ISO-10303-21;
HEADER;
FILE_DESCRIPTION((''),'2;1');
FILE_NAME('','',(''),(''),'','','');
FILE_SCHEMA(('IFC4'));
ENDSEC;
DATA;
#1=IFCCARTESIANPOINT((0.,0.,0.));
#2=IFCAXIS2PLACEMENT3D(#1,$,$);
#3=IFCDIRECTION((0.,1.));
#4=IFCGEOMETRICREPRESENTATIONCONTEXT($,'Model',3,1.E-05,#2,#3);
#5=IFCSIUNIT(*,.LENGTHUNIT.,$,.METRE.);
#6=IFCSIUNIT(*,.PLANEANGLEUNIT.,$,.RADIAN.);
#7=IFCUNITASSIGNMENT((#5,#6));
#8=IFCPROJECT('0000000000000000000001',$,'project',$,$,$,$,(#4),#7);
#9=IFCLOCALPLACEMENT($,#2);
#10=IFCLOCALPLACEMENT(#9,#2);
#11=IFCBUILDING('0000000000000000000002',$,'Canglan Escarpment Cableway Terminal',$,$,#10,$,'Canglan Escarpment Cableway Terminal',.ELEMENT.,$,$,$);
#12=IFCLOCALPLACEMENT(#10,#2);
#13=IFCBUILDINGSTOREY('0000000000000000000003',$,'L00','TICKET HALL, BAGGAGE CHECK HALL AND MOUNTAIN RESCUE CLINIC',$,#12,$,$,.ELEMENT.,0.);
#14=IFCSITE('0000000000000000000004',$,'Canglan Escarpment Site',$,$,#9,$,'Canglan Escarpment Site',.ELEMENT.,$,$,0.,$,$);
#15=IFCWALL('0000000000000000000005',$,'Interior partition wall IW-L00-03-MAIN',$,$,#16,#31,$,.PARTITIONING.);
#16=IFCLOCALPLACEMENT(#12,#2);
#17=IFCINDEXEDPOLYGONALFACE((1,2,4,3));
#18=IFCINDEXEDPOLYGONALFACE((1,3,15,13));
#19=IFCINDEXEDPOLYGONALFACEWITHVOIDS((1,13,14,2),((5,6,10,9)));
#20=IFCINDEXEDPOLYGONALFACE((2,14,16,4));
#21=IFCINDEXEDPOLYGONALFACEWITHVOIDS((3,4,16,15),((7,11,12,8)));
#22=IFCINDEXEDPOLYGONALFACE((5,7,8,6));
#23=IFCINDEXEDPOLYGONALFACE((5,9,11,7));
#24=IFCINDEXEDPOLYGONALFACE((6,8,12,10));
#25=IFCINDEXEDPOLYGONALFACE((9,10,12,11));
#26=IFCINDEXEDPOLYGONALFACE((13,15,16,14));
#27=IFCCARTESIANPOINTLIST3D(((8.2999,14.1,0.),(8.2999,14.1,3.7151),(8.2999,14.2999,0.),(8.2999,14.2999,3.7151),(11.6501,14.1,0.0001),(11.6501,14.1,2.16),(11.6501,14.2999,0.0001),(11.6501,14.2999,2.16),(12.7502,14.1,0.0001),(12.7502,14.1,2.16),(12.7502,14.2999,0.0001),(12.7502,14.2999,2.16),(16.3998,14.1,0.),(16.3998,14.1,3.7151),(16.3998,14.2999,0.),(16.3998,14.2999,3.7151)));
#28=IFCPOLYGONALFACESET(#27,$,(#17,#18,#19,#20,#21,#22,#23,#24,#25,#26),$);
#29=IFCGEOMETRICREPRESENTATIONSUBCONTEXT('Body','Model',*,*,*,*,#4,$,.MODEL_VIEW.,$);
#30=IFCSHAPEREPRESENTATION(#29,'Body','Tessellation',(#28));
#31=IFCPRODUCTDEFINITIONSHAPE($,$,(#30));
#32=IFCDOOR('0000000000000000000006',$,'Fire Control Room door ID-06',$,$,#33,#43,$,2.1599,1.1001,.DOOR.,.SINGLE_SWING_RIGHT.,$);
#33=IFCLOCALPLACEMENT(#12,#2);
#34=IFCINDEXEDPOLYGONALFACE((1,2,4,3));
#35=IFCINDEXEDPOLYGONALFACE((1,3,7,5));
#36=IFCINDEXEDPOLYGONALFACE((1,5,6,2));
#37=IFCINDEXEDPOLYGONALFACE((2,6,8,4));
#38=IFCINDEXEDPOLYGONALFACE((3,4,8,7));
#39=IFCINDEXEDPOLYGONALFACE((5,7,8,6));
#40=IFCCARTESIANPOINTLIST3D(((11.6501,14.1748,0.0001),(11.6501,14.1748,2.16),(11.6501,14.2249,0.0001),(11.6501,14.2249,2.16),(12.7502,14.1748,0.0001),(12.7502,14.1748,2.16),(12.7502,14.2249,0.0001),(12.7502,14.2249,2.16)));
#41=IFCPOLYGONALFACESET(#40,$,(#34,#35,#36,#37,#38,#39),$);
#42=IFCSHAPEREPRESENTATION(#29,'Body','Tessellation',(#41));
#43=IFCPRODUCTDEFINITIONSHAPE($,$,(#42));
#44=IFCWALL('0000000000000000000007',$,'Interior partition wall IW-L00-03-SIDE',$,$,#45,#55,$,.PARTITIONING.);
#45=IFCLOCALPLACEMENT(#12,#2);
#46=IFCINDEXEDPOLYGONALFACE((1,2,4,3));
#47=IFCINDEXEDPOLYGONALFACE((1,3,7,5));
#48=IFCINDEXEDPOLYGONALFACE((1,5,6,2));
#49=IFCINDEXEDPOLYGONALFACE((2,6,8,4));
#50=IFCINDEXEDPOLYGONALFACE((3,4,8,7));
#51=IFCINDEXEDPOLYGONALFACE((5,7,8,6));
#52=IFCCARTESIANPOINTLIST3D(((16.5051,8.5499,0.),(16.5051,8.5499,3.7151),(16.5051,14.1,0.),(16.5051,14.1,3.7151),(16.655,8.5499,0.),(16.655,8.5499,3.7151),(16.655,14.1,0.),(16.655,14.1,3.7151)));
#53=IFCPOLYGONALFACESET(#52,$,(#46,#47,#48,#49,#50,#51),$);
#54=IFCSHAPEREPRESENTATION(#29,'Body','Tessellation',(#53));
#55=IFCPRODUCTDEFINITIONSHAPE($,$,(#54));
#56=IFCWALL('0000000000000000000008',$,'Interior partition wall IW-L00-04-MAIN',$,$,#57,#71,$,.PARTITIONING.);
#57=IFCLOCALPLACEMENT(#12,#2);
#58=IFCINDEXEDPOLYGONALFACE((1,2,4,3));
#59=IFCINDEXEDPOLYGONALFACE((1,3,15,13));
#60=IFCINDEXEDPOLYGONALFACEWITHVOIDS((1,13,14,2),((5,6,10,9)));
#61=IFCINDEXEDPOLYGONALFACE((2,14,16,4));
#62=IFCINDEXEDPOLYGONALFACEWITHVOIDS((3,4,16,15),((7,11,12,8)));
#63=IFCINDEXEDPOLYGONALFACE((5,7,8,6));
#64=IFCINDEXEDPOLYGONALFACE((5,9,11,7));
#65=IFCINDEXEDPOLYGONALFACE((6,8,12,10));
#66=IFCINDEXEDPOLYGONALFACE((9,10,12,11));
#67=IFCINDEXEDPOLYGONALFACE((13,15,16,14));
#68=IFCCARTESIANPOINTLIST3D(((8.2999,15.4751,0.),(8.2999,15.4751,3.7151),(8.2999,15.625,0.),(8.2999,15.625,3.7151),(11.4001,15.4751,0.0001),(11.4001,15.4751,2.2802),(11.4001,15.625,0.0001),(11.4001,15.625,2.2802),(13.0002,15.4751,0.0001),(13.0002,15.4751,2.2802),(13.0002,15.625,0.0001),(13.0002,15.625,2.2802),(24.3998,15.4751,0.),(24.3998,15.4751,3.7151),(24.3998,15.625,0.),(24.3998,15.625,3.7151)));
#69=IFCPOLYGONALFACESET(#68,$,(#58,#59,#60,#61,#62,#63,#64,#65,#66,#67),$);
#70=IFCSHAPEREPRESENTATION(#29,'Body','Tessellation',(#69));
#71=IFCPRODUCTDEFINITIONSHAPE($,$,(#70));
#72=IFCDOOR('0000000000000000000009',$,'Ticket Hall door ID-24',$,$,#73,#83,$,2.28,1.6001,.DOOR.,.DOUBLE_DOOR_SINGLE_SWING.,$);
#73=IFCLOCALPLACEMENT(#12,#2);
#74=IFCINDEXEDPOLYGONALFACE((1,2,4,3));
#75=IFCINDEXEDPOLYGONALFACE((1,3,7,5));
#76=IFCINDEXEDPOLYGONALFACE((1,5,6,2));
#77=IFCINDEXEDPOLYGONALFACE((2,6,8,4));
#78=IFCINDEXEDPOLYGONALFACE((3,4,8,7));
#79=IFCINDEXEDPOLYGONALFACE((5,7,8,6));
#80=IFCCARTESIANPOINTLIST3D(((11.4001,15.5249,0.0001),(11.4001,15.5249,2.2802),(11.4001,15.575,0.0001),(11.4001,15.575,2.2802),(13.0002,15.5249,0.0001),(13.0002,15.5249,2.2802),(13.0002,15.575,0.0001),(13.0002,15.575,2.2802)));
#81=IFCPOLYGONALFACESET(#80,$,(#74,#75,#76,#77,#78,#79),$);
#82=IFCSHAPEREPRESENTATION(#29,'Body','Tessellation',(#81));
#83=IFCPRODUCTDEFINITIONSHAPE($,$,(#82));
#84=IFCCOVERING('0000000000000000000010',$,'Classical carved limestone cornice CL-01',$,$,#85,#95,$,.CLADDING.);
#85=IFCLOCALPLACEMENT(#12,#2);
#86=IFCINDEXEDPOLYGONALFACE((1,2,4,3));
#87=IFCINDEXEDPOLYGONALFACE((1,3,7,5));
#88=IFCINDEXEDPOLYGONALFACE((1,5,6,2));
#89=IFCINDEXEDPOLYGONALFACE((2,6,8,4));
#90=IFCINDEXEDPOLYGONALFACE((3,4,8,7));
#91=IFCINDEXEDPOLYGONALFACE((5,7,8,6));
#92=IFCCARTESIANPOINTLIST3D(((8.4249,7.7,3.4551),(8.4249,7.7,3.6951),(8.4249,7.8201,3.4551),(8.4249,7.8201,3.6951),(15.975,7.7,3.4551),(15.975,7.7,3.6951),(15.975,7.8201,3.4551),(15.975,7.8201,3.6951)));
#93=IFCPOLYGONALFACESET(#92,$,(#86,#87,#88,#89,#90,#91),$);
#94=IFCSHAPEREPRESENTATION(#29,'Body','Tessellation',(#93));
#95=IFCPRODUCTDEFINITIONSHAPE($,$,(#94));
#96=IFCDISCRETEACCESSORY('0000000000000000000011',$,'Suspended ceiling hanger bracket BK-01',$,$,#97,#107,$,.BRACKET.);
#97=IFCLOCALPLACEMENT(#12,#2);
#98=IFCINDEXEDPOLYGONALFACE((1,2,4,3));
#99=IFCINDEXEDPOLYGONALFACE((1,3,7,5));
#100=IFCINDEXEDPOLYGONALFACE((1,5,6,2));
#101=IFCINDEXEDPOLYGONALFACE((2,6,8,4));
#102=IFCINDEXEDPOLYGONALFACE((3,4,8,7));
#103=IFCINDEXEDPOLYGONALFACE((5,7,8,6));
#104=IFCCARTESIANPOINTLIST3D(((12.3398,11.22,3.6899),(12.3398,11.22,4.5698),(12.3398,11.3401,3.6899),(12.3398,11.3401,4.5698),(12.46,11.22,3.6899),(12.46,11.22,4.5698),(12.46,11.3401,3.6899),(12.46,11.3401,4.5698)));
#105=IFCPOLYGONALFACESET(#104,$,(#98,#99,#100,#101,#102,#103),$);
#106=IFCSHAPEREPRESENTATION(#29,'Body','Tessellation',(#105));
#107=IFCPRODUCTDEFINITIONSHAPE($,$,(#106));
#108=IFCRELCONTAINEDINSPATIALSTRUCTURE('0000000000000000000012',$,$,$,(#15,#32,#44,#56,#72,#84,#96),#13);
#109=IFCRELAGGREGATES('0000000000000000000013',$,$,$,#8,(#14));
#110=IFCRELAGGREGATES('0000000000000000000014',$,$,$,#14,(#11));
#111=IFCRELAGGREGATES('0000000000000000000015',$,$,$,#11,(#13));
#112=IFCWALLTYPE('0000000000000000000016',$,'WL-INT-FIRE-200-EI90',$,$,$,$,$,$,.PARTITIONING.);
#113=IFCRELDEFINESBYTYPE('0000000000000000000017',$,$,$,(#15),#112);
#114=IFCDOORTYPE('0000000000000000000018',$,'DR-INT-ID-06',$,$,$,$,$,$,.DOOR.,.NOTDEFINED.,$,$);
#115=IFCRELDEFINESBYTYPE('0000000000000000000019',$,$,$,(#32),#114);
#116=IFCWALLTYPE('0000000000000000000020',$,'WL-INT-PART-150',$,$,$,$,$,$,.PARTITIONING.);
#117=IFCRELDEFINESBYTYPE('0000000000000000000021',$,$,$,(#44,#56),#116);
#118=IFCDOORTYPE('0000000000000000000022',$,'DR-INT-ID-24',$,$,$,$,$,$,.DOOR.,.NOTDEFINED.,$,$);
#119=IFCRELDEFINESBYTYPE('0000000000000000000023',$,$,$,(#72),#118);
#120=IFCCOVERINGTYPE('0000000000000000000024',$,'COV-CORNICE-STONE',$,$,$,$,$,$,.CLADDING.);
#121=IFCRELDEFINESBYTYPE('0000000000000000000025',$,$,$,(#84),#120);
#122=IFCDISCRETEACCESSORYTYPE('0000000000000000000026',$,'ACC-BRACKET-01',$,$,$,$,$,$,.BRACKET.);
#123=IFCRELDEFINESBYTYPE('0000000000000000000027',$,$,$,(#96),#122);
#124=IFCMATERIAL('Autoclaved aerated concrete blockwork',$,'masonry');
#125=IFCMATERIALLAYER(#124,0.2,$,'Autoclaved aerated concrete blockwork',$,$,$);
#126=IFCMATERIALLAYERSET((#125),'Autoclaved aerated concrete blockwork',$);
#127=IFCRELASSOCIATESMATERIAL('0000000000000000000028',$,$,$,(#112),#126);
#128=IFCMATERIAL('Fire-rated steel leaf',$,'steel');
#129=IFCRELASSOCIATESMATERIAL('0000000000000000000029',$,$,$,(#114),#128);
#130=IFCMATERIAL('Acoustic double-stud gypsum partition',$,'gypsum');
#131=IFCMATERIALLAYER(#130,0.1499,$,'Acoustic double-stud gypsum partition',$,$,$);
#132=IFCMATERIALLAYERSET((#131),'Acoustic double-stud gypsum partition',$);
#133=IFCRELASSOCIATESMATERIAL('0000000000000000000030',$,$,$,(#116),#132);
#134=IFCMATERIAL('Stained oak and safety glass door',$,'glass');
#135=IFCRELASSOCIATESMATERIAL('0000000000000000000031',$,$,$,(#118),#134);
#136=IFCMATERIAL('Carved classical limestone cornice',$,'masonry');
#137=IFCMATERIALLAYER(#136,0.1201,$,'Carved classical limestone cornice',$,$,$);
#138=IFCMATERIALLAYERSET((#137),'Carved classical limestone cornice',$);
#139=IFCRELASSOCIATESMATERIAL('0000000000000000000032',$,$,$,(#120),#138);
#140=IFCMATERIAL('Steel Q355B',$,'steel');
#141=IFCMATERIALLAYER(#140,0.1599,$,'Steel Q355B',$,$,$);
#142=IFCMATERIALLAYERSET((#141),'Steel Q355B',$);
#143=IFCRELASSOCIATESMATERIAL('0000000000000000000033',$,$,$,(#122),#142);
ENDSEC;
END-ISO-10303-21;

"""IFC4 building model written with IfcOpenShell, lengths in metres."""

from ifc_helpers import new_model, si_unit, direction, frame, frame_2d, origin, origin_2d, place, context, subcontext, project, spatial, rectangle, extrude, material, layer, layer_set, type_object, element, fill, save


model = new_model("IFC4")

# Units and contexts
model_context = context("Model", 3, precision=1e-05, world=origin(), true_north=direction((0.0, 1.0)))
body_context = subcontext(model_context, "Body", "Model", "MODEL_VIEW")
ifc_project = project(units=[si_unit("LENGTHUNIT", "METRE"), si_unit("PLANEANGLEUNIT", "RADIAN")], contexts=[model_context])

# Site, building, storey
site_placement = place(None, origin())
site = spatial("IfcSite", under=ifc_project, at=site_placement, Name="Canglan Escarpment Site", LongName="Canglan Escarpment Site", CompositionType="ELEMENT", RefElevation=0.0)
building_placement = place(site_placement, origin())
building = spatial("IfcBuilding", under=site, at=building_placement, Name="Canglan Escarpment Cableway Terminal", LongName="Canglan Escarpment Cableway Terminal", CompositionType="ELEMENT")
storey_placement = place(building_placement, origin())
storey = spatial("IfcBuildingStorey", under=building, at=storey_placement, Name="L00", Description="TICKET HALL, BAGGAGE CHECK HALL AND MOUNTAIN RESCUE CLINIC", CompositionType="ELEMENT", Elevation=0.0)

# Shared definitions
ifc_material_1 = material(Name="Steel Q355B", Category="steel")

# Wall, opening, door
ifc_material_2 = material(Name="Autoclaved aerated concrete blockwork", Category="masonry")
ifc_layer_1 = layer(ifc_material_2, 0.2, Name="Autoclaved aerated concrete blockwork")
ifc_layer_set_1 = layer_set([ifc_layer_1], Name="Autoclaved aerated concrete blockwork")
wall_type_1 = type_object("IfcWallType", Name="WL-INT-FIRE-200-EI90", PredefinedType="PARTITIONING", material=ifc_layer_set_1)
wall_1_placement = place(storey_placement, frame((8.3, 14.2, 0.0), z_axis=(0.0, 0.0, 1.0), x_axis=(1.0, 0.0, 0.0)))
wall_1 = element("IfcWall", 1, at=wall_1_placement, inside=storey, type_object=wall_type_1, Name="Interior partition wall IW-L00-03-MAIN", PredefinedType="PARTITIONING", context=body_context, shape_type="SweptSolid", body=[
    extrude(rectangle(XDim=8.0999, YDim=0.2, at=frame_2d((4.0498, 0.0))), origin(), (0.0, 0.0, 1.0), 3.7151),
])
opening_1_placement = place(wall_1_placement, frame((3.3501, 0.0, 0.0)))
opening_1 = element("IfcOpeningElement", 2, at=opening_1_placement, cuts=wall_1, PredefinedType="OPENING", context=body_context, shape_type="SweptSolid", body=[
    extrude(rectangle(XDim=1.1001, YDim=2.1599, at=frame_2d((0.55, 1.0801))), frame((0.0, 0.1099, 0.0), z_axis=(0.0, -1.0, 0.0), x_axis=(1.0, 0.0, 0.0)), (0.0, 0.0, 1.0), 0.22),
])
ifc_material_3 = material(Name="Fire-rated steel leaf", Category="steel")
door_type_1 = type_object("IfcDoorType", Name="DR-INT-ID-06", OperationType="NOTDEFINED", PredefinedType="DOOR", material=ifc_material_3)
door_1_placement = place(opening_1_placement, origin())
door_1 = element("IfcDoor", 3, at=door_1_placement, inside=storey, type_object=door_type_1, Name="Fire Control Room door ID-06", OperationType="SINGLE_SWING_RIGHT", OverallHeight=2.1599, OverallWidth=1.1001, PredefinedType="DOOR", context=body_context, shape_type="SweptSolid", body=[
    extrude(rectangle(XDim=1.1001, YDim=2.1599, at=frame_2d((0.55, 1.0801))), frame((0.0, 0.0249, 0.0), z_axis=(0.0, -1.0, 0.0), x_axis=(1.0, 0.0, 0.0)), (0.0, 0.0, 1.0), 0.05),
])
fill(opening_1, door_1)

# Wall
ifc_material_4 = material(Name="Acoustic double-stud gypsum partition", Category="gypsum")
ifc_layer_2 = layer(ifc_material_4, 0.1499, Name="Acoustic double-stud gypsum partition")
ifc_layer_set_2 = layer_set([ifc_layer_2], Name="Acoustic double-stud gypsum partition")
wall_type_2 = type_object("IfcWallType", Name="WL-INT-PART-150", PredefinedType="PARTITIONING", material=ifc_layer_set_2)
wall_2_placement = place(storey_placement, frame((16.5801, 8.55, 0.0), z_axis=(0.0, 0.0, 1.0), x_axis=(0.0, 1.0, 0.0)))
element("IfcWall", 4, at=wall_2_placement, inside=storey, type_object=wall_type_2, Name="Interior partition wall IW-L00-03-SIDE", PredefinedType="PARTITIONING", context=body_context, shape_type="SweptSolid", body=[
    extrude(rectangle(XDim=5.55, YDim=0.1499, at=frame_2d((2.7749, 0.0))), origin(), (0.0, 0.0, 1.0), 3.7151),
])

# Wall, opening, door
wall_3_placement = place(storey_placement, frame((8.3, 15.55, 0.0), z_axis=(0.0, 0.0, 1.0), x_axis=(1.0, 0.0, 0.0)))
wall_3 = element("IfcWall", 5, at=wall_3_placement, inside=storey, type_object=wall_type_2, Name="Interior partition wall IW-L00-04-MAIN", PredefinedType="PARTITIONING", context=body_context, shape_type="SweptSolid", body=[
    extrude(rectangle(XDim=16.0999, YDim=0.1499, at=frame_2d((8.0498, 0.0))), origin(), (0.0, 0.0, 1.0), 3.7151),
])
opening_2_placement = place(wall_3_placement, frame((3.1001, 0.0, 0.0)))
opening_2 = element("IfcOpeningElement", 6, at=opening_2_placement, cuts=wall_3, PredefinedType="OPENING", context=body_context, shape_type="SweptSolid", body=[
    extrude(rectangle(XDim=1.6001, YDim=2.28, at=frame_2d((0.8, 1.1401))), frame((0.0, 0.085, 0.0), z_axis=(0.0, -1.0, 0.0), x_axis=(1.0, 0.0, 0.0)), (0.0, 0.0, 1.0), 0.1699),
])
ifc_material_5 = material(Name="Stained oak and safety glass door", Category="glass")
door_type_2 = type_object("IfcDoorType", Name="DR-INT-ID-24", OperationType="NOTDEFINED", PredefinedType="DOOR", material=ifc_material_5)
door_2_placement = place(opening_2_placement, origin())
door_2 = element("IfcDoor", 7, at=door_2_placement, inside=storey, type_object=door_type_2, Name="Ticket Hall door ID-24", OperationType="DOUBLE_DOOR_SINGLE_SWING", OverallHeight=2.28, OverallWidth=1.6001, PredefinedType="DOOR", context=body_context, shape_type="SweptSolid", body=[
    extrude(rectangle(XDim=1.6001, YDim=2.28, at=frame_2d((0.8, 1.1401))), frame((0.0, 0.0249, 0.0), z_axis=(0.0, -1.0, 0.0), x_axis=(1.0, 0.0, 0.0)), (0.0, 0.0, 1.0), 0.05),
])
fill(opening_2, door_2)

# Covering
ifc_material_6 = material(Name="Carved classical limestone cornice", Category="masonry")
ifc_layer_3 = layer(ifc_material_6, 0.1201, Name="Carved classical limestone cornice")
ifc_layer_set_3 = layer_set([ifc_layer_3], Name="Carved classical limestone cornice")
covering_type = type_object("IfcCoveringType", Name="COV-CORNICE-STONE", PredefinedType="CLADDING", material=ifc_layer_set_3)
covering_placement = place(storey_placement, frame((12.2, 7.76, 3.4551), z_axis=(0.0, 0.0, 1.0), x_axis=(1.0, 0.0, 0.0)))
element("IfcCovering", 8, at=covering_placement, inside=storey, type_object=covering_type, Name="Classical carved limestone cornice CL-01", PredefinedType="CLADDING", context=body_context, shape_type="SweptSolid", body=[
    extrude(rectangle(XDim=7.55, YDim=0.1201, at=origin_2d()), origin(), (0.0, 0.0, 1.0), 0.24),
])

# Discrete accessory
ifc_layer_4 = layer(ifc_material_1, 0.1599, Name="Steel Q355B")
ifc_layer_set_4 = layer_set([ifc_layer_4], Name="Steel Q355B")
discrete_accessory_type = type_object("IfcDiscreteAccessoryType", Name="ACC-BRACKET-01", PredefinedType="BRACKET", material=ifc_layer_set_4)
discrete_accessory_placement = place(storey_placement, frame((12.3999, 11.28, 3.6899), z_axis=(0.0, 0.0, 1.0), x_axis=(1.0, 0.0, 0.0)))
element("IfcDiscreteAccessory", 9, at=discrete_accessory_placement, inside=storey, type_object=discrete_accessory_type, Name="Suspended ceiling hanger bracket BK-01", PredefinedType="BRACKET", context=body_context, shape_type="SweptSolid", body=[
    extrude(rectangle(XDim=0.1201, YDim=0.1201, at=origin_2d()), origin(), (0.0, 0.0, 1.0), 0.8799),
])

save(model, "model.ifc")
